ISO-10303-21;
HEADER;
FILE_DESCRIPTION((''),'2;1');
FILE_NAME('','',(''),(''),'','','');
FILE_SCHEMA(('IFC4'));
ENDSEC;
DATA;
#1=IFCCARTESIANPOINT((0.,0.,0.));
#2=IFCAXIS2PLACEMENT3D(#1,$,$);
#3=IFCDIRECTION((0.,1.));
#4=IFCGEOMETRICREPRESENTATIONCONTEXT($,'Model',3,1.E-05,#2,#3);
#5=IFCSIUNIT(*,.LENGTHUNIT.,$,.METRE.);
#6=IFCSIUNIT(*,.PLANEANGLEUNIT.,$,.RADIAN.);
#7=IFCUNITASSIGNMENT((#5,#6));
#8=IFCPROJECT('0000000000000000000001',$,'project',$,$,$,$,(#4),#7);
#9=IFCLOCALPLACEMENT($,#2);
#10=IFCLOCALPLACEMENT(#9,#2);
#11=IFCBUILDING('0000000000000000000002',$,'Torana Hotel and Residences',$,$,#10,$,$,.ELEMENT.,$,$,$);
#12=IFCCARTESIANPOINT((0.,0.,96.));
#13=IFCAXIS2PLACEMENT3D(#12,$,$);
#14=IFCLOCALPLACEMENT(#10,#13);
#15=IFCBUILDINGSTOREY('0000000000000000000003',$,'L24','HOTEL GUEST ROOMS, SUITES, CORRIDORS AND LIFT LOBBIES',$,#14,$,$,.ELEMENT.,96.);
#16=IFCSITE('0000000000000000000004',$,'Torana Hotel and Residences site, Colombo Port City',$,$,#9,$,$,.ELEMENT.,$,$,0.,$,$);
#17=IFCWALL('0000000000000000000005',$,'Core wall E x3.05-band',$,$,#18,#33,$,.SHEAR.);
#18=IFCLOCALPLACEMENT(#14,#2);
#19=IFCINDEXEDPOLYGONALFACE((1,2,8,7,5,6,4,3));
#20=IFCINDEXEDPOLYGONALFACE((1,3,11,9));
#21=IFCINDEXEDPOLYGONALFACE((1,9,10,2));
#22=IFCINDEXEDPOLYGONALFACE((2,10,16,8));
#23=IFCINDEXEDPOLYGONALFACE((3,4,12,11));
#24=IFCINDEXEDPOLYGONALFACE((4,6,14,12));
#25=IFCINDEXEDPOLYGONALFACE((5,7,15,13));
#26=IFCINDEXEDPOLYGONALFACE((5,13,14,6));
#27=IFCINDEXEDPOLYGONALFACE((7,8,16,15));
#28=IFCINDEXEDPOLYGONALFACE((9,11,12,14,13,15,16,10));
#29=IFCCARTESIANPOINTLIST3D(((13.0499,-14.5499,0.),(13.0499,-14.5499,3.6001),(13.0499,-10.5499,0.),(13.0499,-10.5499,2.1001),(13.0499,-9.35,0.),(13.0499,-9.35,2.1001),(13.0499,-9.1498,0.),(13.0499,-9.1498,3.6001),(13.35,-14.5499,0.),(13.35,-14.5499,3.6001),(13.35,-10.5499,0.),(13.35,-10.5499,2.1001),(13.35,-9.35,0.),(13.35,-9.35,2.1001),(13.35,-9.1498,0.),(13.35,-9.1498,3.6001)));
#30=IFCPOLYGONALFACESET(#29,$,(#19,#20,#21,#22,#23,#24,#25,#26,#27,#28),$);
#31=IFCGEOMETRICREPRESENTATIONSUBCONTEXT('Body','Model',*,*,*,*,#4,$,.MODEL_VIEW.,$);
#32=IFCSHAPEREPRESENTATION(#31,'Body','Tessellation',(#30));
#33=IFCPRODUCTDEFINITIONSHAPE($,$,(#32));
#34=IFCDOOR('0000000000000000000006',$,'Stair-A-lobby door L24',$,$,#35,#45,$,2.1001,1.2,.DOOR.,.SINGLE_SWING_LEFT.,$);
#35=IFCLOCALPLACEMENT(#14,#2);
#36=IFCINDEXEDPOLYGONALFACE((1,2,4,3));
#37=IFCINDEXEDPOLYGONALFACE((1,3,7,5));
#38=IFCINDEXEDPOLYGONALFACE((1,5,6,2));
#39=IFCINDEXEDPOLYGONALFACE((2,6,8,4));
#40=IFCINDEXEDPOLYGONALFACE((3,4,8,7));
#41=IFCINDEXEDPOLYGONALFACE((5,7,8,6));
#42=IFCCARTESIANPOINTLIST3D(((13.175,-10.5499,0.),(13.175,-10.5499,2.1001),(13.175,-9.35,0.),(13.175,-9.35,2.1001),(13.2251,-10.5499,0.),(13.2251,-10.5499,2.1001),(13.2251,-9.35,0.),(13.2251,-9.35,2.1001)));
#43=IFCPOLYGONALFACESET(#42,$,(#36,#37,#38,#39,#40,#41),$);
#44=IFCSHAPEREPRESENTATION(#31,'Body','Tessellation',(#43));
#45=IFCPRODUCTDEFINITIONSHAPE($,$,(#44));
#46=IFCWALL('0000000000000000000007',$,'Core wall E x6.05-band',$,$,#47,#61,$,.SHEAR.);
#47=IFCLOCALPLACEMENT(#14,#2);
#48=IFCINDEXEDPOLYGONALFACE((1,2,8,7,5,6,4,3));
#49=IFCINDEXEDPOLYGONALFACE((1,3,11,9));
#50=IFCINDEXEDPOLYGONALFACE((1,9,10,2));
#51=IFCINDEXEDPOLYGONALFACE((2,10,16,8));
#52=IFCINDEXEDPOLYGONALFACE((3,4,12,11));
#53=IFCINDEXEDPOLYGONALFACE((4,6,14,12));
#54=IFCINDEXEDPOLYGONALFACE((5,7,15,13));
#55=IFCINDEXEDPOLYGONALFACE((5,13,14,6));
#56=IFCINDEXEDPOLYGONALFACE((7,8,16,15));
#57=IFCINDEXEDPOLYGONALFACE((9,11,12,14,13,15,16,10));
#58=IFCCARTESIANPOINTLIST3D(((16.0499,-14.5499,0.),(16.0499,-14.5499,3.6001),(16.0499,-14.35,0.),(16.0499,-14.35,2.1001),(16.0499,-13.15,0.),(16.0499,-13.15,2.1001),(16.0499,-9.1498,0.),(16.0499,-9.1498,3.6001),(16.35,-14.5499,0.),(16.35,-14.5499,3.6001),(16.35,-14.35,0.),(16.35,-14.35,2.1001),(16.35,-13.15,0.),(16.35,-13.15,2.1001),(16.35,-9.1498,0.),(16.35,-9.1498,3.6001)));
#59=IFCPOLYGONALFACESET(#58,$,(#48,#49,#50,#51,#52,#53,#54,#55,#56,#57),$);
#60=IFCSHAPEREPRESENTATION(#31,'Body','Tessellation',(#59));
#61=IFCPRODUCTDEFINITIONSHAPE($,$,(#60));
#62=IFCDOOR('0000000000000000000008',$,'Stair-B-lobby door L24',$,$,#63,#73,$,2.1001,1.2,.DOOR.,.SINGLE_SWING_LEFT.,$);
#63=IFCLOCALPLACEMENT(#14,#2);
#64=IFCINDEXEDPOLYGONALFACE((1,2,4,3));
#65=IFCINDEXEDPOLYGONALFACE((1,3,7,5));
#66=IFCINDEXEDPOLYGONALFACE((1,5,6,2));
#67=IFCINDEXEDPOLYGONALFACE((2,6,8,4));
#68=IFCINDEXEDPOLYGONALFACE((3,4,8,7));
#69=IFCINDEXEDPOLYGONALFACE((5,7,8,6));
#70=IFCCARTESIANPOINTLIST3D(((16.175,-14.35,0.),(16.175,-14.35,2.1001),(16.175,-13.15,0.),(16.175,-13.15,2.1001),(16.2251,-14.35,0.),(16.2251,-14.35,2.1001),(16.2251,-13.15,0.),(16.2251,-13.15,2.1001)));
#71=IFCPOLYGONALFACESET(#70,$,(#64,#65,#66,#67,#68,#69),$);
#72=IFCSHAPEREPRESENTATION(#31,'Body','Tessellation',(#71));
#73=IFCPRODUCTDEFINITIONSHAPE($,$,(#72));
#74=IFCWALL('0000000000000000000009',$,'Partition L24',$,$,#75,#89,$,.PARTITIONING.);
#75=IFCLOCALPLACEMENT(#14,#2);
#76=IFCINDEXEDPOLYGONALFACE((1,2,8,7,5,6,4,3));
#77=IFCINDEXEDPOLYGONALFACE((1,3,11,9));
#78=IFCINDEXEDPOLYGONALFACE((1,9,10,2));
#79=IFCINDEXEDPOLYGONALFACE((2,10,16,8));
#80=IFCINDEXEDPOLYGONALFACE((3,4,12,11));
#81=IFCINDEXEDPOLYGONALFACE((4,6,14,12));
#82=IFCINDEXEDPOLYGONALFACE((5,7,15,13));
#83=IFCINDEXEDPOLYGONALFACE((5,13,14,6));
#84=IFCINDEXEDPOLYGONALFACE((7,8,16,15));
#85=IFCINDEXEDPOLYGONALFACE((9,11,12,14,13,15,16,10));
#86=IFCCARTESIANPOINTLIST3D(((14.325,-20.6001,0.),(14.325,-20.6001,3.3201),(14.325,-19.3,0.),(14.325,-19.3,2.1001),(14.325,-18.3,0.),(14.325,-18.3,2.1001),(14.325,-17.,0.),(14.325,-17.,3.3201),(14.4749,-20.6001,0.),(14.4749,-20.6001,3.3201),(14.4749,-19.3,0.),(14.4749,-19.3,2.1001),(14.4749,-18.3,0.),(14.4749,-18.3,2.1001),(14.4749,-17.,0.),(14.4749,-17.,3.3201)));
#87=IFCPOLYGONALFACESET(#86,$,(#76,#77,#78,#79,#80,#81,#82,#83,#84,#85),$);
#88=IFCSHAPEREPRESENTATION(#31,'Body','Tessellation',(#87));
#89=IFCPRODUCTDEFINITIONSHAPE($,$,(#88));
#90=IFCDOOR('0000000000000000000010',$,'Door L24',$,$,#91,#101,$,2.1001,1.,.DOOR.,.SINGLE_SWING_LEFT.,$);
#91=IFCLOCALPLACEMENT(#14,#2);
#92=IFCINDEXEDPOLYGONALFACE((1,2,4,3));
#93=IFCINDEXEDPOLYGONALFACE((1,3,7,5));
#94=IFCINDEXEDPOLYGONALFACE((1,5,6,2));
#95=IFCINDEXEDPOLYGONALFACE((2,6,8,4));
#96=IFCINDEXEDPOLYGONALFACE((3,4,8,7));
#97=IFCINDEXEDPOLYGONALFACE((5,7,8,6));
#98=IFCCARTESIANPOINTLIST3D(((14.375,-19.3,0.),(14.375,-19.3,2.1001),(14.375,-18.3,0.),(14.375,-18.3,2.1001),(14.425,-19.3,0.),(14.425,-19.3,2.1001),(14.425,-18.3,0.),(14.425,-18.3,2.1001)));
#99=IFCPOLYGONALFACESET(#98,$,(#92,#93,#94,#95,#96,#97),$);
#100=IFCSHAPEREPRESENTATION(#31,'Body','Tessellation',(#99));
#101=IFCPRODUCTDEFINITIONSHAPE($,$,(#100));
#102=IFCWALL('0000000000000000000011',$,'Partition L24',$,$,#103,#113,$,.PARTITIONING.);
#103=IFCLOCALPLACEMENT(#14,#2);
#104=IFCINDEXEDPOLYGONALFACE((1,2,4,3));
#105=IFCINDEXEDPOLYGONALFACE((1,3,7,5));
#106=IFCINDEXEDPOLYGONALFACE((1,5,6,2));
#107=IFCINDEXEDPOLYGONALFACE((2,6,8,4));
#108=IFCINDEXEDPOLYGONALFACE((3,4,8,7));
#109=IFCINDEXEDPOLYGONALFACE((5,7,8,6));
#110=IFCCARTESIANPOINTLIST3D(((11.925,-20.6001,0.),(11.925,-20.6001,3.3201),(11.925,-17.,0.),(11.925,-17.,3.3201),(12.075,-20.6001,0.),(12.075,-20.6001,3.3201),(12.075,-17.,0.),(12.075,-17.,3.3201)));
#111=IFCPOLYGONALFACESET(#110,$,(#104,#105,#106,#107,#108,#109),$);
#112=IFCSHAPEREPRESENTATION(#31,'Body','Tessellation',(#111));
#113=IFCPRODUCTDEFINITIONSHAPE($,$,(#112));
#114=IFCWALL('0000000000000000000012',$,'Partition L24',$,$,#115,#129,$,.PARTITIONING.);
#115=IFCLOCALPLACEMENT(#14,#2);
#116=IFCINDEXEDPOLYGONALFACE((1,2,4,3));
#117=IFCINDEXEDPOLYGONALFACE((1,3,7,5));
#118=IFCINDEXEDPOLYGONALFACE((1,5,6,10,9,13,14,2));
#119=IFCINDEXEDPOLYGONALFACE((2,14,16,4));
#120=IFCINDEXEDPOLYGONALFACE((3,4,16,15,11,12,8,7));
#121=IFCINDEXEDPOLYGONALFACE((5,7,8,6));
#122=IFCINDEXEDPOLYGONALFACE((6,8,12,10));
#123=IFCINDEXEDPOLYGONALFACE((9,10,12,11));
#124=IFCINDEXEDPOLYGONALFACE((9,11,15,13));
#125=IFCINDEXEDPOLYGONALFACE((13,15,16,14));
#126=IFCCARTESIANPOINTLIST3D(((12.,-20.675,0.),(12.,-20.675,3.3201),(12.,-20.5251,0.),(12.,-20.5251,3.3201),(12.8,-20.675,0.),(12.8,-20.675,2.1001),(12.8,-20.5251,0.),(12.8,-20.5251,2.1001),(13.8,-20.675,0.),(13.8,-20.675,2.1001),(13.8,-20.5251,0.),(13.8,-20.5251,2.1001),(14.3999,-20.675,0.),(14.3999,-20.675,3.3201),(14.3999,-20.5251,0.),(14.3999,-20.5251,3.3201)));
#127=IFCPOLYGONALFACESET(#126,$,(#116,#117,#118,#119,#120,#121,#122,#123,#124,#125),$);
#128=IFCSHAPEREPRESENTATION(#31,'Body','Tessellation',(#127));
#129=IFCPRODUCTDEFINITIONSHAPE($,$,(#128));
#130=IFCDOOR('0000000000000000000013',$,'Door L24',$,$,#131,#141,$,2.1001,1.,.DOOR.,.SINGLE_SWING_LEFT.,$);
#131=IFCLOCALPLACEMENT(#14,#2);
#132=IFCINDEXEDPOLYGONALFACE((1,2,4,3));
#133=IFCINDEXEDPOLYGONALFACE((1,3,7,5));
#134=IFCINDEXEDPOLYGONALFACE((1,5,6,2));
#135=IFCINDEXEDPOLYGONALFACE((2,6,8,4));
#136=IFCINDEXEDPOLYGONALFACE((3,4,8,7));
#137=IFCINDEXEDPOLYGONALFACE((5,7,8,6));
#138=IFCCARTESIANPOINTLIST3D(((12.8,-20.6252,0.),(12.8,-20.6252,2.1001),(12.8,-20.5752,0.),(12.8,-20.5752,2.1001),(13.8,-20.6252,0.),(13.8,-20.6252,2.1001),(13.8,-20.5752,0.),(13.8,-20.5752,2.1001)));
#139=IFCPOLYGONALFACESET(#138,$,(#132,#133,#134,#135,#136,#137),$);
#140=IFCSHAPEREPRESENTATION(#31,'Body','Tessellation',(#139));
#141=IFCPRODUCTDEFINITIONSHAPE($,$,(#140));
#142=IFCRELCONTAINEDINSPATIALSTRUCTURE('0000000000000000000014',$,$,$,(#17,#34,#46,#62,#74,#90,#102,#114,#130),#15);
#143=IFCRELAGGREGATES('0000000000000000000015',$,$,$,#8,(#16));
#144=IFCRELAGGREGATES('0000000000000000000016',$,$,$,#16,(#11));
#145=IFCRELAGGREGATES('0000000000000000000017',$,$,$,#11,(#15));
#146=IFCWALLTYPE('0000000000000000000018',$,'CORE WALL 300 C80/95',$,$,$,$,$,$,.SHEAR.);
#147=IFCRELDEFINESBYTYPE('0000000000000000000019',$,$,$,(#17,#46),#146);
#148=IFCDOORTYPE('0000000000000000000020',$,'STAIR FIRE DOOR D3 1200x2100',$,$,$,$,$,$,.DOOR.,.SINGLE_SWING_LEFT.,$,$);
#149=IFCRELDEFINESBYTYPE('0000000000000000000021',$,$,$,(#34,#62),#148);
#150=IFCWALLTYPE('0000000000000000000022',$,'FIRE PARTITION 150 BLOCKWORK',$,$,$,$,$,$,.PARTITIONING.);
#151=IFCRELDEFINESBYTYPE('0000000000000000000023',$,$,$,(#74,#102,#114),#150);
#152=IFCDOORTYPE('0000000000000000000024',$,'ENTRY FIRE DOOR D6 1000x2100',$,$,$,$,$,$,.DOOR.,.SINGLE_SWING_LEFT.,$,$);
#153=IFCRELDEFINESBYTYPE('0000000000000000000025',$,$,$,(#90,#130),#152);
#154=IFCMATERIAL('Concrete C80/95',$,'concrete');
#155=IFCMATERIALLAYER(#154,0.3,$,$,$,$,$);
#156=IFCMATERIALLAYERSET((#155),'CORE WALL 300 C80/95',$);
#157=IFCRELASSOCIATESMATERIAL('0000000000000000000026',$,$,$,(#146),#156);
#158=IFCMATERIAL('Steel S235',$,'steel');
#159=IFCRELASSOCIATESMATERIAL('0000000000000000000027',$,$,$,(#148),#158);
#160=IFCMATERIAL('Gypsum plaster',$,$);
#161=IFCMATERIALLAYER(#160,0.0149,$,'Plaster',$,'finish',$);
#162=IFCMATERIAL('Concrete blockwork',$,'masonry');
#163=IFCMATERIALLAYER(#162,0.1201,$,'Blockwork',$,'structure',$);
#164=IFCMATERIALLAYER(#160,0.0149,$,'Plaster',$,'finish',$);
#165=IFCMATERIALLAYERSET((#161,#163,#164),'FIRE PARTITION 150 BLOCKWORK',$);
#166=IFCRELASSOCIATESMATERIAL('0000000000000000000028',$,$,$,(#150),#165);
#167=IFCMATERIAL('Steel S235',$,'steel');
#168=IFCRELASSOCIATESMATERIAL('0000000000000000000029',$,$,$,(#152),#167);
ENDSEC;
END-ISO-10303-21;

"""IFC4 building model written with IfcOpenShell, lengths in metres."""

from ifc_helpers import new_model, si_unit, direction, frame, frame_2d, origin, place, context, subcontext, project, spatial, rectangle, extrude, material, layer, layer_set, type_object, element, fill, save


model = new_model("IFC4")

# Units and contexts
model_context = context("Model", 3, precision=1e-05, world=origin(), true_north=direction((0.0, 1.0)))
body_context = subcontext(model_context, "Body", "Model", "MODEL_VIEW")
ifc_project = project(units=[si_unit("LENGTHUNIT", "METRE"), si_unit("PLANEANGLEUNIT", "RADIAN")], contexts=[model_context])

# Site, building, storey
site_placement = place(None, origin())
site = spatial("IfcSite", under=ifc_project, at=site_placement, Name="Torana Hotel and Residences site, Colombo Port City", CompositionType="ELEMENT", RefElevation=0.0)
building_placement = place(site_placement, origin())
building = spatial("IfcBuilding", under=site, at=building_placement, Name="Torana Hotel and Residences", CompositionType="ELEMENT")
storey_placement = place(building_placement, frame((0.0, 0.0, 96.0)))
storey = spatial("IfcBuildingStorey", under=building, at=storey_placement, Name="L24", Description="HOTEL GUEST ROOMS, SUITES, CORRIDORS AND LIFT LOBBIES", CompositionType="ELEMENT", Elevation=96.0)

# Walls, openings, doors
ifc_material_1 = material(Name="Concrete C80/95", Category="concrete")
ifc_layer_1 = layer(ifc_material_1, 0.3)
ifc_layer_set_1 = layer_set([ifc_layer_1], Name="CORE WALL 300 C80/95")
wall_type_1 = type_object("IfcWallType", Name="CORE WALL 300 C80/95", PredefinedType="SHEAR", material=ifc_layer_set_1)
wall_1_placement = place(storey_placement, frame((13.2, -14.55, 0.0), z_axis=(0.0, 0.0, 1.0), x_axis=(0.0, 1.0, 0.0)))
wall_1 = element("IfcWall", 1, at=wall_1_placement, inside=storey, type_object=wall_type_1, Name="Core wall E x3.05-band", PredefinedType="SHEAR", context=body_context, shape_type="SweptSolid", body=[
    extrude(rectangle(XDim=5.4001, YDim=0.3, at=frame_2d((2.7002, 0.0))), origin(), (0.0, 0.0, 1.0), 3.6001),
])
opening_1_placement = place(wall_1_placement, frame((4.0, 0.0, 0.0)))
opening_1 = element("IfcOpeningElement", 2, at=opening_1_placement, cuts=wall_1, PredefinedType="OPENING", context=body_context, shape_type="SweptSolid", body=[
    extrude(rectangle(XDim=1.2, YDim=2.1001, at=frame_2d((0.6001, 1.05))), frame((0.0, 0.1599, 0.0), z_axis=(0.0, -1.0, 0.0), x_axis=(1.0, 0.0, 0.0)), (0.0, 0.0, 1.0), 0.3201),
])
ifc_material_2 = material(Name="Steel S235", Category="steel")
door_type_1 = type_object("IfcDoorType", Name="STAIR FIRE DOOR D3 1200x2100", OperationType="SINGLE_SWING_LEFT", PredefinedType="DOOR", material=ifc_material_2)
door_1_placement = place(opening_1_placement, origin())
door_1 = element("IfcDoor", 3, at=door_1_placement, inside=storey, type_object=door_type_1, Name="Stair-A-lobby door L24", OperationType="SINGLE_SWING_LEFT", OverallHeight=2.1001, OverallWidth=1.2, PredefinedType="DOOR", context=body_context, shape_type="SweptSolid", body=[
    extrude(rectangle(XDim=1.2, YDim=2.1001, at=frame_2d((0.6001, 1.05))), frame((0.0, 0.0249, 0.0), z_axis=(0.0, -1.0, 0.0), x_axis=(1.0, 0.0, 0.0)), (0.0, 0.0, 1.0), 0.05),
])
fill(opening_1, door_1)
wall_2_placement = place(storey_placement, frame((16.2, -14.55, 0.0), z_axis=(0.0, 0.0, 1.0), x_axis=(0.0, 1.0, 0.0)))
wall_2 = element("IfcWall", 4, at=wall_2_placement, inside=storey, type_object=wall_type_1, Name="Core wall E x6.05-band", PredefinedType="SHEAR", context=body_context, shape_type="SweptSolid", body=[
    extrude(rectangle(XDim=5.4001, YDim=0.3, at=frame_2d((2.7002, 0.0))), origin(), (0.0, 0.0, 1.0), 3.6001),
])
opening_2_placement = place(wall_2_placement, frame((0.2, 0.0, 0.0)))
opening_2 = element("IfcOpeningElement", 5, at=opening_2_placement, cuts=wall_2, PredefinedType="OPENING", context=body_context, shape_type="SweptSolid", body=[
    extrude(rectangle(XDim=1.2, YDim=2.1001, at=frame_2d((0.6001, 1.05))), frame((0.0, 0.1599, 0.0), z_axis=(0.0, -1.0, 0.0), x_axis=(1.0, 0.0, 0.0)), (0.0, 0.0, 1.0), 0.3201),
])
door_2_placement = place(opening_2_placement, frame((0.6001, 0.0, 0.0), z_axis=(0.0, 0.0, 1.0), x_axis=(-1.0, 0.0, 0.0)))
door_2 = element("IfcDoor", 6, at=door_2_placement, inside=storey, type_object=door_type_1, Name="Stair-B-lobby door L24", OperationType="SINGLE_SWING_LEFT", OverallHeight=2.1001, OverallWidth=1.2, PredefinedType="DOOR", context=body_context, shape_type="SweptSolid", body=[
    extrude(rectangle(XDim=1.2, YDim=2.1001, at=frame_2d((0.0, 1.05))), frame((0.0, -0.0249, 0.0), z_axis=(0.0, 1.0, 0.0), x_axis=(-1.0, 0.0, 0.0)), (0.0, 0.0, 1.0), 0.05),
])
fill(opening_2, door_2)
ifc_material_3 = material(Name="Gypsum plaster")
ifc_layer_2 = layer(ifc_material_3, 0.0149, Name="Plaster", Category="finish")
ifc_material_4 = material(Name="Concrete blockwork", Category="masonry")
ifc_layer_3 = layer(ifc_material_4, 0.1201, Name="Blockwork", Category="structure")
ifc_layer_4 = layer(ifc_material_3, 0.0149, Name="Plaster", Category="finish")
ifc_layer_set_2 = layer_set([ifc_layer_2, ifc_layer_3, ifc_layer_4], Name="FIRE PARTITION 150 BLOCKWORK")
wall_type_2 = type_object("IfcWallType", Name="FIRE PARTITION 150 BLOCKWORK", PredefinedType="PARTITIONING", material=ifc_layer_set_2)
wall_3_placement = place(storey_placement, frame((14.3999, -20.6001, 0.0), z_axis=(0.0, 0.0, 1.0), x_axis=(0.0, 1.0, 0.0)))
wall_3 = element("IfcWall", 7, at=wall_3_placement, inside=storey, type_object=wall_type_2, Name="Partition L24", PredefinedType="PARTITIONING", context=body_context, shape_type="SweptSolid", body=[
    extrude(rectangle(XDim=3.6001, YDim=0.1499, at=frame_2d((1.8, 0.0))), origin(), (0.0, 0.0, 1.0), 3.3201),
])
opening_3_placement = place(wall_3_placement, frame((1.3, 0.0, 0.0)))
opening_3 = element("IfcOpeningElement", 8, at=opening_3_placement, cuts=wall_3, PredefinedType="OPENING", context=body_context, shape_type="SweptSolid", body=[
    extrude(rectangle(XDim=1.0, YDim=2.1001, at=frame_2d((0.5, 1.05))), frame((0.0, 0.085, 0.0), z_axis=(0.0, -1.0, 0.0), x_axis=(1.0, 0.0, 0.0)), (0.0, 0.0, 1.0), 0.1699),
])
ifc_material_5 = material(Name="Steel S235", Category="steel")
door_type_2 = type_object("IfcDoorType", Name="ENTRY FIRE DOOR D6 1000x2100", OperationType="SINGLE_SWING_LEFT", PredefinedType="DOOR", material=ifc_material_5)
door_3_placement = place(opening_3_placement, frame((0.5, 0.0, 0.0), z_axis=(0.0, 0.0, 1.0), x_axis=(-1.0, 0.0, 0.0)))
door_3 = element("IfcDoor", 9, at=door_3_placement, inside=storey, type_object=door_type_2, Name="Door L24", OperationType="SINGLE_SWING_LEFT", OverallHeight=2.1001, OverallWidth=1.0, PredefinedType="DOOR", context=body_context, shape_type="SweptSolid", body=[
    extrude(rectangle(XDim=1.0, YDim=2.1001, at=frame_2d((0.0, 1.05))), frame((0.0, -0.0249, 0.0), z_axis=(0.0, 1.0, 0.0), x_axis=(-1.0, 0.0, 0.0)), (0.0, 0.0, 1.0), 0.05),
])
fill(opening_3, door_3)

# Wall
wall_4_placement = place(storey_placement, frame((12.0, -20.6001, 0.0), z_axis=(0.0, 0.0, 1.0), x_axis=(0.0, 1.0, 0.0)))
element("IfcWall", 10, at=wall_4_placement, inside=storey, type_object=wall_type_2, Name="Partition L24", PredefinedType="PARTITIONING", context=body_context, shape_type="SweptSolid", body=[
    extrude(rectangle(XDim=3.6001, YDim=0.1499, at=frame_2d((1.8, 0.0))), origin(), (0.0, 0.0, 1.0), 3.3201),
])

# Wall, opening, door
wall_5_placement = place(storey_placement, frame((12.0, -20.6001, 0.0), z_axis=(0.0, 0.0, 1.0), x_axis=(1.0, 0.0, 0.0)))
wall_5 = element("IfcWall", 11, at=wall_5_placement, inside=storey, type_object=wall_type_2, Name="Partition L24", PredefinedType="PARTITIONING", context=body_context, shape_type="SweptSolid", body=[
    extrude(rectangle(XDim=2.3999, YDim=0.1499, at=frame_2d((1.2, 0.0))), origin(), (0.0, 0.0, 1.0), 3.3201),
])
opening_4_placement = place(wall_5_placement, frame((0.8, 0.0, 0.0)))
opening_4 = element("IfcOpeningElement", 12, at=opening_4_placement, cuts=wall_5, PredefinedType="OPENING", context=body_context, shape_type="SweptSolid", body=[
    extrude(rectangle(XDim=1.0, YDim=2.1001, at=frame_2d((0.5, 1.05))), frame((0.0, 0.085, 0.0), z_axis=(0.0, -1.0, 0.0), x_axis=(1.0, 0.0, 0.0)), (0.0, 0.0, 1.0), 0.1699),
])
door_4_placement = place(opening_4_placement, frame((0.5, 0.0, 0.0), z_axis=(0.0, 0.0, 1.0), x_axis=(-1.0, 0.0, 0.0)))
door_4 = element("IfcDoor", 13, at=door_4_placement, inside=storey, type_object=door_type_2, Name="Door L24", OperationType="SINGLE_SWING_LEFT", OverallHeight=2.1001, OverallWidth=1.0, PredefinedType="DOOR", context=body_context, shape_type="SweptSolid", body=[
    extrude(rectangle(XDim=1.0, YDim=2.1001, at=frame_2d((0.0, 1.05))), frame((0.0, -0.0249, 0.0), z_axis=(0.0, 1.0, 0.0), x_axis=(-1.0, 0.0, 0.0)), (0.0, 0.0, 1.0), 0.05),
])
fill(opening_4, door_4)

save(model, "model.ifc")
